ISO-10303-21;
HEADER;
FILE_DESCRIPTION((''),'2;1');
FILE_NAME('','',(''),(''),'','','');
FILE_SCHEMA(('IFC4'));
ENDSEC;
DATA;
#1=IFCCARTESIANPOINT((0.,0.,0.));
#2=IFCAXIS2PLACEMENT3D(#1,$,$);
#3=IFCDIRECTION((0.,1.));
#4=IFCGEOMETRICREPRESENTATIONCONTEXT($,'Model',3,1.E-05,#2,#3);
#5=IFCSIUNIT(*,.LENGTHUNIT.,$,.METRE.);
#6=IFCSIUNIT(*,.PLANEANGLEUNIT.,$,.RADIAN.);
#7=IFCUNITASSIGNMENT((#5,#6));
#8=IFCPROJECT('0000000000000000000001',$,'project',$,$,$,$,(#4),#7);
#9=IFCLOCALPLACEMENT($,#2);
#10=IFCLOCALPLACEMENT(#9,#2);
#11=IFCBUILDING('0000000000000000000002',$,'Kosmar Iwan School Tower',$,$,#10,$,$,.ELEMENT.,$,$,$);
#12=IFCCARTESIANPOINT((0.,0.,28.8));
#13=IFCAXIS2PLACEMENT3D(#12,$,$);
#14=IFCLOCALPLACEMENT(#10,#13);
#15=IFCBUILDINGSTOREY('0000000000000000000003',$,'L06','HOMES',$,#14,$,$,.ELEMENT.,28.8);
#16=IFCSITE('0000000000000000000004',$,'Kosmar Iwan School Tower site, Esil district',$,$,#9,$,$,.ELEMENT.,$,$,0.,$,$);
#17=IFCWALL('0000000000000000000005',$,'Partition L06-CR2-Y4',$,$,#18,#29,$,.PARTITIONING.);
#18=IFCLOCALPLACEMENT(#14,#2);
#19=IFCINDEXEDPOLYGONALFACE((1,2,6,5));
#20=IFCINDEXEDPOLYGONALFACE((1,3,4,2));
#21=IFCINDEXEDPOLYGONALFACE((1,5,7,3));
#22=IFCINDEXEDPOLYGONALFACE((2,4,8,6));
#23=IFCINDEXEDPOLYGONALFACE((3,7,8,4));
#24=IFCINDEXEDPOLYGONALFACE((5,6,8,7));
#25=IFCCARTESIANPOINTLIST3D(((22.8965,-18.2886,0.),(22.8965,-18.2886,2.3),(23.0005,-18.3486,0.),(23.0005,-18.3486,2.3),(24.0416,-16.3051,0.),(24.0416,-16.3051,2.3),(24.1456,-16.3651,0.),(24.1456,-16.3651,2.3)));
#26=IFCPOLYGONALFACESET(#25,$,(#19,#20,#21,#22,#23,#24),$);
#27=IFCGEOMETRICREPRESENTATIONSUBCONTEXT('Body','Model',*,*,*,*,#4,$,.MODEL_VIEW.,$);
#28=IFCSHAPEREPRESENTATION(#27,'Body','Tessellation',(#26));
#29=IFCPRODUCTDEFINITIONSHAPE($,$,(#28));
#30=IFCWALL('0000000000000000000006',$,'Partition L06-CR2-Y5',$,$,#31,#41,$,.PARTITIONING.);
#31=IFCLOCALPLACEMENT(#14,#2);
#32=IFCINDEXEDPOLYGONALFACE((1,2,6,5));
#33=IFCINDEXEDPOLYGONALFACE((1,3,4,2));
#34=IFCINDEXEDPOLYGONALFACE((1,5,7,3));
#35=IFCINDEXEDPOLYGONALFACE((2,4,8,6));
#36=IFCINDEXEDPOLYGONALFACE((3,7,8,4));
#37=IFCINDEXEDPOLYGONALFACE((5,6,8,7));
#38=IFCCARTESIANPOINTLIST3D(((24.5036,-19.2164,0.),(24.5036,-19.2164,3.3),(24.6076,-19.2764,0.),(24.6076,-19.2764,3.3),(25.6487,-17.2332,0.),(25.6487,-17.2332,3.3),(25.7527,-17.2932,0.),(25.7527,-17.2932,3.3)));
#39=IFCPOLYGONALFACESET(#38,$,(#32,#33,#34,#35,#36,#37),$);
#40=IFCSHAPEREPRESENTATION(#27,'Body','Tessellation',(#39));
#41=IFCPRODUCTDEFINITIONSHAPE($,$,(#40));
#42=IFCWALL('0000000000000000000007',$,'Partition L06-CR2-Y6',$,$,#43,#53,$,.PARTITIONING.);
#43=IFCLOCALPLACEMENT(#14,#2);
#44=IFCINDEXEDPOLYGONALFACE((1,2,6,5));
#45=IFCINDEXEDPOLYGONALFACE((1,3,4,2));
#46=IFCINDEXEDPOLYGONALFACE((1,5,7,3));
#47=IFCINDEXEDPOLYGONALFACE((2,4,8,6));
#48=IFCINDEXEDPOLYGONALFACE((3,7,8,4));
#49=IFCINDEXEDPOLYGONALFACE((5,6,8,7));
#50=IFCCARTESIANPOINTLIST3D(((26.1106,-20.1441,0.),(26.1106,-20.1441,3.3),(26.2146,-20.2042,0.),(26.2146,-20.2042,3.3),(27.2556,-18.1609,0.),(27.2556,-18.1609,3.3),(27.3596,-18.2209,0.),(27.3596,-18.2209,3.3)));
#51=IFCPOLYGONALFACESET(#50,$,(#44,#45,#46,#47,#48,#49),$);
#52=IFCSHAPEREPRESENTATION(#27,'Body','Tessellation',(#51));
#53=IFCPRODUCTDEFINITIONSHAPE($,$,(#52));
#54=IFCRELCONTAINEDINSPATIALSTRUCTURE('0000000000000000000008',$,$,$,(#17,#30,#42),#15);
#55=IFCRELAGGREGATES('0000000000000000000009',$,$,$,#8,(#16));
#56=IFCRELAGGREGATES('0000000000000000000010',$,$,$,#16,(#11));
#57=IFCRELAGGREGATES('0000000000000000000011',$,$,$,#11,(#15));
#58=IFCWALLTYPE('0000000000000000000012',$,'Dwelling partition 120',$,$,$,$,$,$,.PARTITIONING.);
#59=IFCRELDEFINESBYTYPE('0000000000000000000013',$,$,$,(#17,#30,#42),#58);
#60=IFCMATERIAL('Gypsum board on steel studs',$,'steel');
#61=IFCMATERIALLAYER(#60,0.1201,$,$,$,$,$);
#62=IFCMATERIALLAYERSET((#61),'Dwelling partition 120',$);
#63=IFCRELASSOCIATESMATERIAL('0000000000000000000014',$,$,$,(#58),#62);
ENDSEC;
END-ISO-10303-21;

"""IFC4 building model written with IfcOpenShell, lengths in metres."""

from ifc_helpers import new_model, si_unit, direction, frame, frame_2d, origin, place, context, subcontext, project, spatial, rectangle, extrude, material, layer, layer_set, type_object, element, save


model = new_model("IFC4")

# Units and contexts
model_context = context("Model", 3, precision=1e-05, world=origin(), true_north=direction((0.0, 1.0)))
body_context = subcontext(model_context, "Body", "Model", "MODEL_VIEW")
ifc_project = project(units=[si_unit("LENGTHUNIT", "METRE"), si_unit("PLANEANGLEUNIT", "RADIAN")], contexts=[model_context])

# Site, building, storey
site_placement = place(None, origin())
site = spatial("IfcSite", under=ifc_project, at=site_placement, Name="Kosmar Iwan School Tower site, Esil district", CompositionType="ELEMENT", RefElevation=0.0)
building_placement = place(site_placement, origin())
building = spatial("IfcBuilding", under=site, at=building_placement, Name="Kosmar Iwan School Tower", CompositionType="ELEMENT")
storey_placement = place(building_placement, frame((0.0, 0.0, 28.8)))
storey = spatial("IfcBuildingStorey", under=building, at=storey_placement, Name="L06", Description="HOMES", CompositionType="ELEMENT", Elevation=28.8)

# Shared definitions
ifc_material_1 = material(Name="Gypsum board on steel studs", Category="steel")
ifc_layer_1 = layer(ifc_material_1, 0.1201)
ifc_layer_set_1 = layer_set([ifc_layer_1], Name="Dwelling partition 120")
wall_type_1 = type_object("IfcWallType", Name="Dwelling partition 120", PredefinedType="PARTITIONING", material=ifc_layer_set_1)

# Walls
wall_1_placement = place(storey_placement, frame((24.0935, -16.3352, 0.0), z_axis=(0.0, 0.0, 1.0), x_axis=(-0.499969, -0.866044, 0.0)))
element("IfcWall", 1, at=wall_1_placement, inside=storey, type_object=wall_type_1, Name="Partition L06-CR2-Y4", PredefinedType="PARTITIONING", context=body_context, shape_type="SweptSolid", body=[
    extrude(rectangle(XDim=2.2903, YDim=0.1201, at=frame_2d((1.145, 0.0))), origin(), (0.0, 0.0, 1.0), 2.3),
])
for number, where, z_axis, x_axis, name in (
    (2, (25.7007, -17.2632, 0.0), (0.0, 0.0, 1.0), (-0.500015, -0.866017, 0.0), "Partition L06-CR2-Y5"),
    (3, (27.3076, -18.1909, 0.0), (0.0, 0.0, 1.0), (-0.500015, -0.866017, 0.0), "Partition L06-CR2-Y6"),
):
    element("IfcWall", number, at=place(storey_placement, frame(where, z_axis=z_axis, x_axis=x_axis)), inside=storey, type_object=wall_type_1, Name=name, PredefinedType="PARTITIONING", context=body_context, shape_type="SweptSolid", body=[
        extrude(rectangle(XDim=2.29, YDim=0.1201, at=frame_2d((1.145, 0.0))), origin(), (0.0, 0.0, 1.0), 3.3),
    ])

save(model, "model.ifc")
